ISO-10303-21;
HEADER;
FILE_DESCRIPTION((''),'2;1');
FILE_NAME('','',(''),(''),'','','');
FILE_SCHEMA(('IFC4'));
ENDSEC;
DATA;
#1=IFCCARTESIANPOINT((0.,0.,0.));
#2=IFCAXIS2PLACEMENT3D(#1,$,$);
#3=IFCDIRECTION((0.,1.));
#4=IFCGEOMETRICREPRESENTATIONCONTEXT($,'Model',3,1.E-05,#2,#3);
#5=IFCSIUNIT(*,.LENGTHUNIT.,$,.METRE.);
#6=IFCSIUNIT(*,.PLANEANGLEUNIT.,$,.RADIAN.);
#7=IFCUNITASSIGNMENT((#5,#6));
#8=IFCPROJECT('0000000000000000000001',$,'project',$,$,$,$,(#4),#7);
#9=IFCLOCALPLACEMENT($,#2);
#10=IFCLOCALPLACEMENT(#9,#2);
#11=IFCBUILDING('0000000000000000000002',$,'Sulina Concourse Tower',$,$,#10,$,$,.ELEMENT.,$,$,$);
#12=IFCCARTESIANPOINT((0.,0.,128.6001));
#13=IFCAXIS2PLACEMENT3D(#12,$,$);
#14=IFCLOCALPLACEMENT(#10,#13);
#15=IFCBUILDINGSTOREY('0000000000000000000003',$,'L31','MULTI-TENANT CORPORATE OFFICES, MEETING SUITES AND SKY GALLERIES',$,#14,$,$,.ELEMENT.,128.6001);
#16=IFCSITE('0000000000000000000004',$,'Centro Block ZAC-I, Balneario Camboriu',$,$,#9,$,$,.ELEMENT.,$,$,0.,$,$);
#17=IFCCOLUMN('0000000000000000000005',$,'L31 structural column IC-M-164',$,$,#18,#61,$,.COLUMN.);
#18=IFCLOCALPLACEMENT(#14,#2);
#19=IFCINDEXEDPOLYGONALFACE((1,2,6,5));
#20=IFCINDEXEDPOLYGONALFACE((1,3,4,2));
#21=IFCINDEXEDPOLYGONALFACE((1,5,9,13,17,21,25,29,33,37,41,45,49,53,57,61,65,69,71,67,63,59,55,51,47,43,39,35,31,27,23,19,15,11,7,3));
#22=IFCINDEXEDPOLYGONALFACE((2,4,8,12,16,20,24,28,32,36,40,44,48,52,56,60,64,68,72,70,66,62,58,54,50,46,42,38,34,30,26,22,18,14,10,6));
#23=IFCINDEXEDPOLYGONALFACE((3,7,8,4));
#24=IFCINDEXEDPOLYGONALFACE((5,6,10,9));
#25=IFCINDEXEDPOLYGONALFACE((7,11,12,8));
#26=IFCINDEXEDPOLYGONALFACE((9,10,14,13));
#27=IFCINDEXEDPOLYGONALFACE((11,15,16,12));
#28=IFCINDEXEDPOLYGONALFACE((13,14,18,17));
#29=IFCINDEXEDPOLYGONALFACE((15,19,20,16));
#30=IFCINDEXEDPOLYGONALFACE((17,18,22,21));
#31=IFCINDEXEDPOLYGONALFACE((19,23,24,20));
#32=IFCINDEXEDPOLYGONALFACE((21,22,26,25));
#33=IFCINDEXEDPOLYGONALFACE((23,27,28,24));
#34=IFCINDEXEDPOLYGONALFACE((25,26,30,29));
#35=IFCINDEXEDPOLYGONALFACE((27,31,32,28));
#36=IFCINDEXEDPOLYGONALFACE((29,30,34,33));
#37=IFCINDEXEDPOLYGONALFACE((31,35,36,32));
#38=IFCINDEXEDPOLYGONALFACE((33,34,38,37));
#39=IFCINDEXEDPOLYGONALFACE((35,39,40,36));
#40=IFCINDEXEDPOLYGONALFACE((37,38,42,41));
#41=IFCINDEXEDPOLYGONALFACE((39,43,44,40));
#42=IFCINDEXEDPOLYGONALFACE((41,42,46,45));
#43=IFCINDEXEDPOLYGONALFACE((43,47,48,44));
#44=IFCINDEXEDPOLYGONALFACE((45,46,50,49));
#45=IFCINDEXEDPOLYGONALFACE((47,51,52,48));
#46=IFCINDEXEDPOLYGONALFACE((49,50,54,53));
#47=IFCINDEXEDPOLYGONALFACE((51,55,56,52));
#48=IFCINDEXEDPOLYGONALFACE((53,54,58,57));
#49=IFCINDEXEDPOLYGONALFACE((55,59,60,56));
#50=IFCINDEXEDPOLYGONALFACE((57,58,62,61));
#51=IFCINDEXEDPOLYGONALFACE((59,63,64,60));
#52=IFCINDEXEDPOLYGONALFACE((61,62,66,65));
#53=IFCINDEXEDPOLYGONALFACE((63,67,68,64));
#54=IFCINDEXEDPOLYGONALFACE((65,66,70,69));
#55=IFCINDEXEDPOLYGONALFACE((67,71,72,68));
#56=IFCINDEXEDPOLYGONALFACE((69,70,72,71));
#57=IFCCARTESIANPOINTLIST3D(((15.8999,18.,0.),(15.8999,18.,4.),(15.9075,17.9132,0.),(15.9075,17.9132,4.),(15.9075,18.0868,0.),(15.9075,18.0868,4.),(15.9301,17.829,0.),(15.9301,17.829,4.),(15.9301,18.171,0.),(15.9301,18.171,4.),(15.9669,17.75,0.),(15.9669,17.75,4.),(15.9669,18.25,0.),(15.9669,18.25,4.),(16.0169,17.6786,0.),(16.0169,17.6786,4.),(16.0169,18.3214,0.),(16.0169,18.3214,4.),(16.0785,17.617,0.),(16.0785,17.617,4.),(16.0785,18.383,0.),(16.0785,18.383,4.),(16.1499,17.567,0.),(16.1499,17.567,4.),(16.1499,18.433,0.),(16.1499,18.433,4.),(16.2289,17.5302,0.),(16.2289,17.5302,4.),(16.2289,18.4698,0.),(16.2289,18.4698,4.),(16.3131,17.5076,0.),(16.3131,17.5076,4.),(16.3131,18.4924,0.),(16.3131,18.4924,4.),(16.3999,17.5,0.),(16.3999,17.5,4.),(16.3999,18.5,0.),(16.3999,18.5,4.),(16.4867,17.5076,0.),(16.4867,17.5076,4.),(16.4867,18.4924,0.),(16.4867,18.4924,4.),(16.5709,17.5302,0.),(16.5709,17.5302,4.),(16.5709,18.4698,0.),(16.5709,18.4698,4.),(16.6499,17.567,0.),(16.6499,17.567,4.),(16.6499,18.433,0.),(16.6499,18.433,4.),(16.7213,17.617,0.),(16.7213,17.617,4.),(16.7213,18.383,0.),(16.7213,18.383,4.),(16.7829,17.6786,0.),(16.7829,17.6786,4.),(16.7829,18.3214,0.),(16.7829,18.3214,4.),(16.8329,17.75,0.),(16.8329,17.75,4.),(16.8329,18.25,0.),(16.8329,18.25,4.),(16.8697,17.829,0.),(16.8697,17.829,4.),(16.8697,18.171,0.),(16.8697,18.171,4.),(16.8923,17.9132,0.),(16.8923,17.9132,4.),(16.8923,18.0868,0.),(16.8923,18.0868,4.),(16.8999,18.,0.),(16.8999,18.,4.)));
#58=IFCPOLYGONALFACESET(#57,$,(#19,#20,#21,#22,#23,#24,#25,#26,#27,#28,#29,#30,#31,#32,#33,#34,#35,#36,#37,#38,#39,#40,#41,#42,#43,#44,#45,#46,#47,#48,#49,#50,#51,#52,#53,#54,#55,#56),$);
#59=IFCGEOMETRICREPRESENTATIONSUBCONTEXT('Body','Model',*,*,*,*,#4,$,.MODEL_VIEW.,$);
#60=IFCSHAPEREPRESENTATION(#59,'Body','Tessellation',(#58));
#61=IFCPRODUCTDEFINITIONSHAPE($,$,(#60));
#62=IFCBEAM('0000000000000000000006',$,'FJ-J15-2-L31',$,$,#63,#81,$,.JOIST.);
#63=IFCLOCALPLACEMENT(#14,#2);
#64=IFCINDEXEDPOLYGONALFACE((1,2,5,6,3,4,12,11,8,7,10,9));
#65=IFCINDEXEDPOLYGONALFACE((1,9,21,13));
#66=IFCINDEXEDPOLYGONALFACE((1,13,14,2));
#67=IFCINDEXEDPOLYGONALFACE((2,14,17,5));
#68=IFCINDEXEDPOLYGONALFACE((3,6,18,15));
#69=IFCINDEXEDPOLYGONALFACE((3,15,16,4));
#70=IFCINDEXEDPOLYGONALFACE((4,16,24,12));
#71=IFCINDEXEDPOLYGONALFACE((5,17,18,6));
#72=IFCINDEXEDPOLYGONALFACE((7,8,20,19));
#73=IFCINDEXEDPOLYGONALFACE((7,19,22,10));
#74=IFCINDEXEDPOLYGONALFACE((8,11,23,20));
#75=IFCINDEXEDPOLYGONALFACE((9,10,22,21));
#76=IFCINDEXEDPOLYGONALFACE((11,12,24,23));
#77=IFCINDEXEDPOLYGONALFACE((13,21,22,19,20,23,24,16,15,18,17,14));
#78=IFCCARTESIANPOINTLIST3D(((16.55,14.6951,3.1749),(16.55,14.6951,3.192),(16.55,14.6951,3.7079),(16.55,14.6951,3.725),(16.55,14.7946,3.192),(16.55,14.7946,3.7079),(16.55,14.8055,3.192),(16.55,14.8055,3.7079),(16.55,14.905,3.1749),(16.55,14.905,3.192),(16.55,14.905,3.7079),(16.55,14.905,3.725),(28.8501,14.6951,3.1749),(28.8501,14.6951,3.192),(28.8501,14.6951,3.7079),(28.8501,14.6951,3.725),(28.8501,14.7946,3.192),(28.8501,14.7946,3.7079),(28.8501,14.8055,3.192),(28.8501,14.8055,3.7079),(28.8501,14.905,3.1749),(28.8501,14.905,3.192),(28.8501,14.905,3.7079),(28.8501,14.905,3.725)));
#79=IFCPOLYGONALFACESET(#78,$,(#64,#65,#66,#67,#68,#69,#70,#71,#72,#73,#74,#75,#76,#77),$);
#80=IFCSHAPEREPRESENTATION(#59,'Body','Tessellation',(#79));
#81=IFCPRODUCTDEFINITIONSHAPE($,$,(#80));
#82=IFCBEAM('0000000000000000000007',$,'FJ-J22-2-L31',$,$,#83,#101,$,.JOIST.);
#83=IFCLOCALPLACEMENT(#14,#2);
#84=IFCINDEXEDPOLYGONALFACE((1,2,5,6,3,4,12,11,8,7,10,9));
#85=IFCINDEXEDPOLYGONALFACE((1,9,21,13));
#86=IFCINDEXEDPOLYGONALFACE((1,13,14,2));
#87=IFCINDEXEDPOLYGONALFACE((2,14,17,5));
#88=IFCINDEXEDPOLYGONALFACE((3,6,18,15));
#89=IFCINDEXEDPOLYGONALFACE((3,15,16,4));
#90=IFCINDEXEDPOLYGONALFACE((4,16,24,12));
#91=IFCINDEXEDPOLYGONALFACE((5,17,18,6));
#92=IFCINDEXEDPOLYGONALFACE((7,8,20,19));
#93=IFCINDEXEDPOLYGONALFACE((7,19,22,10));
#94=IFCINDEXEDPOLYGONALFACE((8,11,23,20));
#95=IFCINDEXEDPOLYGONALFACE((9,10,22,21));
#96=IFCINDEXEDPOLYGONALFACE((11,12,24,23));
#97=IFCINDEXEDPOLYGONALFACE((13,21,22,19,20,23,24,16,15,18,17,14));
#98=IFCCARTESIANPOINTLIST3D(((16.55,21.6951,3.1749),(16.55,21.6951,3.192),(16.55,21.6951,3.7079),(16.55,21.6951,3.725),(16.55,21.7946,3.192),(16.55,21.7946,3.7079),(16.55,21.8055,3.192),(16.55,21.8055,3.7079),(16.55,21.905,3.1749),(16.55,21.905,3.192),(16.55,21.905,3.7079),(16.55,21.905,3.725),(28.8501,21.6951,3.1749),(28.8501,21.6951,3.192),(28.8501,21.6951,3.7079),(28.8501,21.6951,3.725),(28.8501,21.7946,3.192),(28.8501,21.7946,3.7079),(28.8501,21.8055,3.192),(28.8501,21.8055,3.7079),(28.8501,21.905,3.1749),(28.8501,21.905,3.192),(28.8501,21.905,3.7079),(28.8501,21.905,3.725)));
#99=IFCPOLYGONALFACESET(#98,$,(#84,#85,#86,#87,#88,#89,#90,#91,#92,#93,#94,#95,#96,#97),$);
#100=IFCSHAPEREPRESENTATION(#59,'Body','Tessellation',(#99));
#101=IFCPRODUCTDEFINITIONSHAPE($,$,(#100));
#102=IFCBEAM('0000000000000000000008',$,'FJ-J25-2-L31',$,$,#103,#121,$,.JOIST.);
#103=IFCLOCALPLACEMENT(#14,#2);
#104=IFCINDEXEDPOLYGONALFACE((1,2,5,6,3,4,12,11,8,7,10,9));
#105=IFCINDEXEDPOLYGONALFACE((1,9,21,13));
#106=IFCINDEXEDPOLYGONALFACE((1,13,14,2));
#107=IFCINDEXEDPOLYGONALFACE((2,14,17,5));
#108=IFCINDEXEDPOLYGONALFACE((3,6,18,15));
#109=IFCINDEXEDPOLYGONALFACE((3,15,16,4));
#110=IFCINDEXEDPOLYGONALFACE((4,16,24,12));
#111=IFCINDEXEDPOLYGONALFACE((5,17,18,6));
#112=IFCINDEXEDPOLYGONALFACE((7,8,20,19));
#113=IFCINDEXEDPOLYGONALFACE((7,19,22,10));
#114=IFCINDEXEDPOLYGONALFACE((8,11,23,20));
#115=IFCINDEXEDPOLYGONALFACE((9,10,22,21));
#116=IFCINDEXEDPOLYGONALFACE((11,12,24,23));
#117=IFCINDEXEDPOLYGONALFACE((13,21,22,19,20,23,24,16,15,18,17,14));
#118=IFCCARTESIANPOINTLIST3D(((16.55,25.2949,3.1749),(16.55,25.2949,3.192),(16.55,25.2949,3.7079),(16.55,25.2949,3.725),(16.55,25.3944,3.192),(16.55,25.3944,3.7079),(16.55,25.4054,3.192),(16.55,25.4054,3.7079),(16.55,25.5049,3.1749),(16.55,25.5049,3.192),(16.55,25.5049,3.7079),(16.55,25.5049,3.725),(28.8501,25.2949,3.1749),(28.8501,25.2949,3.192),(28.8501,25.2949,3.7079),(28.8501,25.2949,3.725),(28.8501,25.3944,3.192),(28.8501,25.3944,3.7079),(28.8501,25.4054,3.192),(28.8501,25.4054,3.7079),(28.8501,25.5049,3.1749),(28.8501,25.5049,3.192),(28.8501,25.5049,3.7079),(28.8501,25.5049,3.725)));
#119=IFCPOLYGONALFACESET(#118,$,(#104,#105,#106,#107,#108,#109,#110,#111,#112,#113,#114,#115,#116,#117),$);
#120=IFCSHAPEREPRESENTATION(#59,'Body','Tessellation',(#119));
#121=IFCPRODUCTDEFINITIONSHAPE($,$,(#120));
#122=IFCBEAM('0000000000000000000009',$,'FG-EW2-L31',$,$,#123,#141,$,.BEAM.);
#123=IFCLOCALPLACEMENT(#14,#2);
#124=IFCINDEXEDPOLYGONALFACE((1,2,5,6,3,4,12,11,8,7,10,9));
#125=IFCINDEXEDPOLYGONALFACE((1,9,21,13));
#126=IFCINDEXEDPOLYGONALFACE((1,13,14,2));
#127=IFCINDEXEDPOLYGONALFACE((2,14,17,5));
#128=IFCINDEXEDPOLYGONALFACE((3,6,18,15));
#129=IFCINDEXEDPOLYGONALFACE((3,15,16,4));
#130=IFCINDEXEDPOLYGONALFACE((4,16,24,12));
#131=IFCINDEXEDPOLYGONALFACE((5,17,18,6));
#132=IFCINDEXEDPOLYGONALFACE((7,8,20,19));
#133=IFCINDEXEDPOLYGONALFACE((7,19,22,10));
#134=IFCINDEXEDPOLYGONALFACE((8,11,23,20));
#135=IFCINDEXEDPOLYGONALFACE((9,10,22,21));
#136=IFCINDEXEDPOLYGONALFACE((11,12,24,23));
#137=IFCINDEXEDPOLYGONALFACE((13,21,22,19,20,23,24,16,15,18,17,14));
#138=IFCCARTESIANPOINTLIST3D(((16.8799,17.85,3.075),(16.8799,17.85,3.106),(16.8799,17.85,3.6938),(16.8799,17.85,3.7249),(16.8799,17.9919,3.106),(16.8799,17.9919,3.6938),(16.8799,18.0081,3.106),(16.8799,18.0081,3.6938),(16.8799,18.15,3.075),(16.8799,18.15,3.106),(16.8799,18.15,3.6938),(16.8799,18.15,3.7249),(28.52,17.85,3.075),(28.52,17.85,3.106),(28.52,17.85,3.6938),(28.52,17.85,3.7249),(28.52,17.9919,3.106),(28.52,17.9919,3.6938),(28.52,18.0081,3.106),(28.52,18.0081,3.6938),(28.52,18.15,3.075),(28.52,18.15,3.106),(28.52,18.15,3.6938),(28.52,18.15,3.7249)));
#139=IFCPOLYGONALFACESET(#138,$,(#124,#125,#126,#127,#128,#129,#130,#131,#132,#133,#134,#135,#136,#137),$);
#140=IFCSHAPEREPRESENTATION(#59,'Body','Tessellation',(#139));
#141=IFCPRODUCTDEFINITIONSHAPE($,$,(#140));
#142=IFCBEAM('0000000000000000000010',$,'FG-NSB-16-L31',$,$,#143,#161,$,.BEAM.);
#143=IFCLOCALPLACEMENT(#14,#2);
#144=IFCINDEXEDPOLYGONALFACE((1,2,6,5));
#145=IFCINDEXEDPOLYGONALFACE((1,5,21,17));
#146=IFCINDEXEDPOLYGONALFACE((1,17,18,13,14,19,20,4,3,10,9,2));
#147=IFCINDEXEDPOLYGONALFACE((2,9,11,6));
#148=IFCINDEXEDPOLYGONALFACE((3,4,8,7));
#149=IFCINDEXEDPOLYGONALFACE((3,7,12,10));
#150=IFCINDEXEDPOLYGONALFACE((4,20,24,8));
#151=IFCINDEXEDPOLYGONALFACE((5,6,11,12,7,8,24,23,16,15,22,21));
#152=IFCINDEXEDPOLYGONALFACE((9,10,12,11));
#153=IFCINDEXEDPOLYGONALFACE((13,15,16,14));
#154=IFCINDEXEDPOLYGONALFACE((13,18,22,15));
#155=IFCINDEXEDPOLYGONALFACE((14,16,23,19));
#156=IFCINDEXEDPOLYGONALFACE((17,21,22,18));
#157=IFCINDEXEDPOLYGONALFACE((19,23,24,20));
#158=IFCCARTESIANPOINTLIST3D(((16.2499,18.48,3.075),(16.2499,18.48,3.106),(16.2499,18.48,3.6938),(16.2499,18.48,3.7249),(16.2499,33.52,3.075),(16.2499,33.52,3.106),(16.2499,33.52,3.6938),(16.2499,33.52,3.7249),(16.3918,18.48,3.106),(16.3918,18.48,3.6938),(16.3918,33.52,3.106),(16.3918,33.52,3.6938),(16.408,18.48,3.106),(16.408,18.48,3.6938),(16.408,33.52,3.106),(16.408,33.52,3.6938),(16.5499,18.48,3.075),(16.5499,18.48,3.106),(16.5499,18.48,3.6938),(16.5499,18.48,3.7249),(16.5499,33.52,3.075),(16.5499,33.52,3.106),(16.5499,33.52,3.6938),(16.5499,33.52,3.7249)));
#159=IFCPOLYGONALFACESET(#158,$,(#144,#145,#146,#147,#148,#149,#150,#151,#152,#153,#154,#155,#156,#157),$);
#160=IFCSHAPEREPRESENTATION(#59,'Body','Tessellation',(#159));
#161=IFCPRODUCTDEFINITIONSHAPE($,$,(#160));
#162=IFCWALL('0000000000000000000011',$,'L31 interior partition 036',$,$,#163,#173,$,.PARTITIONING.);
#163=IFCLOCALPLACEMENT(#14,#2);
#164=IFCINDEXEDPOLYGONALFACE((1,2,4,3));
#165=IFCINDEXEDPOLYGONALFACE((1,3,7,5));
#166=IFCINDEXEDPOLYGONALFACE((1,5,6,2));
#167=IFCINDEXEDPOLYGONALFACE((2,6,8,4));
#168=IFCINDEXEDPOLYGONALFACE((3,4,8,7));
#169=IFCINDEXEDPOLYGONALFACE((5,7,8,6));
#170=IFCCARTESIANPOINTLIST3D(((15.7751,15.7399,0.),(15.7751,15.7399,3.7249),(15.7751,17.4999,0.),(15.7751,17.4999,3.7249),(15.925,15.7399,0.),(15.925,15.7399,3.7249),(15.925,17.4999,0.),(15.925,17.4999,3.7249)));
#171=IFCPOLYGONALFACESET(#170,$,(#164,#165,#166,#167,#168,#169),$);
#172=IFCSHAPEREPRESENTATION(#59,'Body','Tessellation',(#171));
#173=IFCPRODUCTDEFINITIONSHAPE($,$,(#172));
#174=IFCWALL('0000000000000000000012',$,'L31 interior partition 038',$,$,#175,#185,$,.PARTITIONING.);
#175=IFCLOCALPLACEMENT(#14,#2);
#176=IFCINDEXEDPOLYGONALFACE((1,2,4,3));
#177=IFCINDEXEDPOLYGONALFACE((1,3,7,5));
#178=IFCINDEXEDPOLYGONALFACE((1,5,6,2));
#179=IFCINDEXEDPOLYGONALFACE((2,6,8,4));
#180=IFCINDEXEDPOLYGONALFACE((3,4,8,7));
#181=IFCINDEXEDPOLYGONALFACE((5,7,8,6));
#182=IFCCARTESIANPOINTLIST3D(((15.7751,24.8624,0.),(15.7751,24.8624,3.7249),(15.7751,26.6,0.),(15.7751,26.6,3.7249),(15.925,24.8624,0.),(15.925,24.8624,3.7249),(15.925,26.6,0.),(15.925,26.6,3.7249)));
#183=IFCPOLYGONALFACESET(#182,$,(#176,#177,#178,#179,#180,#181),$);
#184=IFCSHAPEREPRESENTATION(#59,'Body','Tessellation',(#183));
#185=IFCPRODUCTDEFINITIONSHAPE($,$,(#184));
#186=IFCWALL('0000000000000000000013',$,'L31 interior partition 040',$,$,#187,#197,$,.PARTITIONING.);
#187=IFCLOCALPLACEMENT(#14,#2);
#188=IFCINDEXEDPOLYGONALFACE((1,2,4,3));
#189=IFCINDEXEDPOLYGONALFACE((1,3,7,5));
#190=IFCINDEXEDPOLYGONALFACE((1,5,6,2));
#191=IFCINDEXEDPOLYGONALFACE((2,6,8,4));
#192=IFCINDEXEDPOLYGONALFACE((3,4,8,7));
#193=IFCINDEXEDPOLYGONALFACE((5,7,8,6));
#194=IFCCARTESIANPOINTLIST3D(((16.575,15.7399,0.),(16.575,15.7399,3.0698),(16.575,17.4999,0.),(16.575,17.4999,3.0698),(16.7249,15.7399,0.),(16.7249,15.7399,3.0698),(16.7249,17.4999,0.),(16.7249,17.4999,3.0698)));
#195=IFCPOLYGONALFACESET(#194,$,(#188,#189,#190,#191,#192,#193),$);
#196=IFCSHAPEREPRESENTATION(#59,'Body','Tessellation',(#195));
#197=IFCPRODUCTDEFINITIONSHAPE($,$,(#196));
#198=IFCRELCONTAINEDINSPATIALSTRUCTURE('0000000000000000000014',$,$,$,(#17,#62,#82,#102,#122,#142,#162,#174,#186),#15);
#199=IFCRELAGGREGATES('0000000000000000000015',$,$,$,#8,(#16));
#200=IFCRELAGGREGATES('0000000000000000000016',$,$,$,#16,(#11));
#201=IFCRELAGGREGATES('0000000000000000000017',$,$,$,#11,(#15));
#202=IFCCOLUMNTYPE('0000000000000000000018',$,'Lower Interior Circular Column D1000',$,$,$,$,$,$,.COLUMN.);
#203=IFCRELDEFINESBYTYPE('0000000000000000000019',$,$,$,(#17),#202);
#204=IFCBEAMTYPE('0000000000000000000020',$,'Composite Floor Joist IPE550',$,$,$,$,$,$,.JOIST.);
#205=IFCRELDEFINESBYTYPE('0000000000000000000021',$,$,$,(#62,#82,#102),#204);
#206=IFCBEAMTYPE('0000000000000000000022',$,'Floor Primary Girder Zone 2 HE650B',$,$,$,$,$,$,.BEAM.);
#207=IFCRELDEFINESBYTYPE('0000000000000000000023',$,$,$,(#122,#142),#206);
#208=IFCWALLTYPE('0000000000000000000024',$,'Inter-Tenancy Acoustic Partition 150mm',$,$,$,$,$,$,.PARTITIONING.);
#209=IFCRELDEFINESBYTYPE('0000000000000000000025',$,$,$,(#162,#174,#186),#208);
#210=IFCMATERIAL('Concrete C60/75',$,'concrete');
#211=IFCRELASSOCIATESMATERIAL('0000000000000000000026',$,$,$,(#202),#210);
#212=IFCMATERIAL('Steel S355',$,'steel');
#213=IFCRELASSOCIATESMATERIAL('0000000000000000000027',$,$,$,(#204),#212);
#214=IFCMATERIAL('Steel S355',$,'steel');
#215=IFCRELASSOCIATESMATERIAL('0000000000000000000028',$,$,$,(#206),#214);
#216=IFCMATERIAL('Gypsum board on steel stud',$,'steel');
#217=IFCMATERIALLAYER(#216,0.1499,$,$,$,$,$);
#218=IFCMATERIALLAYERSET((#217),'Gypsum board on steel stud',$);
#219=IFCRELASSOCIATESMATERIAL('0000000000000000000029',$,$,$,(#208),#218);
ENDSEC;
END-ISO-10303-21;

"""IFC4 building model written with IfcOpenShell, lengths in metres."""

from ifc_helpers import new_model, si_unit, direction, frame, frame_2d, origin, origin_2d, place, context, subcontext, project, spatial, rectangle, circle, i_section, extrude, material, layer, layer_set, material_profile, profile_set, type_object, element, save


model = new_model("IFC4")

# Units and contexts
model_context = context("Model", 3, precision=1e-05, world=origin(), true_north=direction((0.0, 1.0)))
body_context = subcontext(model_context, "Body", "Model", "MODEL_VIEW")
ifc_project = project(units=[si_unit("LENGTHUNIT", "METRE"), si_unit("PLANEANGLEUNIT", "RADIAN")], contexts=[model_context])

# Site, building, storey
site_placement = place(None, origin())
site = spatial("IfcSite", under=ifc_project, at=site_placement, Name="Centro Block ZAC-I, Balneario Camboriu", CompositionType="ELEMENT", RefElevation=0.0)
building_placement = place(site_placement, origin())
building = spatial("IfcBuilding", under=site, at=building_placement, Name="Sulina Concourse Tower", CompositionType="ELEMENT")
storey_placement = place(building_placement, frame((0.0, 0.0, 128.6001)))
storey = spatial("IfcBuildingStorey", under=building, at=storey_placement, Name="L31", Description="MULTI-TENANT CORPORATE OFFICES, MEETING SUITES AND SKY GALLERIES", CompositionType="ELEMENT", Elevation=128.6001)

# Column
ifc_material_1 = material(Name="Concrete C60/75", Category="concrete")
ifc_material_profile_1 = material_profile(ifc_material_1, circle(Radius=0.5, at=origin_2d()), Name="RC D1000")
ifc_profile_set_1 = profile_set([ifc_material_profile_1], Name="Concrete C60/75")
column_type = type_object("IfcColumnType", Name="Lower Interior Circular Column D1000", PredefinedType="COLUMN", material=ifc_profile_set_1)
column_placement = place(storey_placement, frame((16.3999, 18.0, 0.0), z_axis=(0.0, 0.0, 1.0), x_axis=(1.0, 0.0, 0.0)))
element("IfcColumn", 1, at=column_placement, inside=storey, type_object=column_type, Name="L31 structural column IC-M-164", PredefinedType="COLUMN", context=body_context, shape_type="SweptSolid", body=[
    extrude(circle(Radius=0.5, at=origin_2d()), origin(), (0.0, 0.0, 1.0), 4.0),
])

# Beams
ifc_material_2 = material(Name="Steel S355", Category="steel")
ifc_material_profile_2 = material_profile(ifc_material_2, i_section(OverallWidth=0.21, OverallDepth=0.55, WebThickness=0.011, FlangeThickness=0.0171, at=origin_2d()), Name="IPE 550")
ifc_profile_set_2 = profile_set([ifc_material_profile_2], Name="Steel S355")
beam_type_1 = type_object("IfcBeamType", Name="Composite Floor Joist IPE550", PredefinedType="JOIST", material=ifc_profile_set_2)
for number, where, z_axis, x_axis, name in (
    (2, (16.55, 14.8, 3.45), (1.0, 0.0, 0.0), (0.0, 1.0, 0.0), "FJ-J15-2-L31"),
    (3, (16.55, 21.8, 3.45), (1.0, 0.0, 0.0), (0.0, 1.0, 0.0), "FJ-J22-2-L31"),
    (4, (16.55, 25.3999, 3.45), (1.0, 0.0, 0.0), (0.0, 1.0, 0.0), "FJ-J25-2-L31"),
):
    element("IfcBeam", number, at=place(storey_placement, frame(where, z_axis=z_axis, x_axis=x_axis)), inside=storey, type_object=beam_type_1, Name=name, PredefinedType="JOIST", context=body_context, shape_type="SweptSolid", body=[
        extrude(i_section(OverallWidth=0.21, OverallDepth=0.55, WebThickness=0.011, FlangeThickness=0.0171, at=origin_2d()), origin(), (0.0, 0.0, 1.0), 12.3),
    ])
ifc_material_3 = material(Name="Steel S355", Category="steel")
ifc_material_profile_3 = material_profile(ifc_material_3, i_section(OverallWidth=0.3, OverallDepth=0.6499, WebThickness=0.0161, FlangeThickness=0.031, at=origin_2d()), Name="HE 650 B")
ifc_profile_set_3 = profile_set([ifc_material_profile_3], Name="Steel S355")
beam_type_2 = type_object("IfcBeamType", Name="Floor Primary Girder Zone 2 HE650B", PredefinedType="BEAM", material=ifc_profile_set_3)
beam_1_placement = place(storey_placement, frame((16.8799, 18.0, 3.3999), z_axis=(1.0, 0.0, 0.0), x_axis=(0.0, 1.0, 0.0)))
element("IfcBeam", 5, at=beam_1_placement, inside=storey, type_object=beam_type_2, Name="FG-EW2-L31", PredefinedType="BEAM", context=body_context, shape_type="SweptSolid", body=[
    extrude(i_section(OverallWidth=0.3, OverallDepth=0.6499, WebThickness=0.0161, FlangeThickness=0.031, at=origin_2d()), origin(), (0.0, 0.0, 1.0), 11.6401),
])
beam_2_placement = place(storey_placement, frame((16.3999, 18.48, 3.3999), z_axis=(0.0, 1.0, 0.0), x_axis=(-1.0, 0.0, 0.0)))
element("IfcBeam", 6, at=beam_2_placement, inside=storey, type_object=beam_type_2, Name="FG-NSB-16-L31", PredefinedType="BEAM", context=body_context, shape_type="SweptSolid", body=[
    extrude(i_section(OverallWidth=0.3, OverallDepth=0.6499, WebThickness=0.0161, FlangeThickness=0.031, at=origin_2d()), origin(), (0.0, 0.0, 1.0), 15.04),
])

# Walls
ifc_material_4 = material(Name="Gypsum board on steel stud", Category="steel")
ifc_layer_1 = layer(ifc_material_4, 0.1499)
ifc_layer_set_1 = layer_set([ifc_layer_1], Name="Gypsum board on steel stud")
wall_type_1 = type_object("IfcWallType", Name="Inter-Tenancy Acoustic Partition 150mm", PredefinedType="PARTITIONING", material=ifc_layer_set_1)
wall_1_placement = place(storey_placement, frame((15.8501, 15.74, 0.0), z_axis=(0.0, 0.0, 1.0), x_axis=(0.0, 1.0, 0.0)))
element("IfcWall", 7, at=wall_1_placement, inside=storey, type_object=wall_type_1, Name="L31 interior partition 036", PredefinedType="PARTITIONING", context=body_context, shape_type="SweptSolid", body=[
    extrude(rectangle(XDim=1.76, YDim=0.1499, at=frame_2d((0.8799, 0.0))), origin(), (0.0, 0.0, 1.0), 3.7249),
])
wall_2_placement = place(storey_placement, frame((15.8501, 24.8625, 0.0), z_axis=(0.0, 0.0, 1.0), x_axis=(0.0, 1.0, 0.0)))
element("IfcWall", 8, at=wall_2_placement, inside=storey, type_object=wall_type_1, Name="L31 interior partition 038", PredefinedType="PARTITIONING", context=body_context, shape_type="SweptSolid", body=[
    extrude(rectangle(XDim=1.7375, YDim=0.1499, at=frame_2d((0.8687, 0.0))), origin(), (0.0, 0.0, 1.0), 3.7249),
])
wall_3_placement = place(storey_placement, frame((16.6499, 15.74, 0.0), z_axis=(0.0, 0.0, 1.0), x_axis=(0.0, 1.0, 0.0)))
element("IfcWall", 9, at=wall_3_placement, inside=storey, type_object=wall_type_1, Name="L31 interior partition 040", PredefinedType="PARTITIONING", context=body_context, shape_type="SweptSolid", body=[
    extrude(rectangle(XDim=1.76, YDim=0.1499, at=frame_2d((0.8799, 0.0))), origin(), (0.0, 0.0, 1.0), 3.0698),
])

save(model, "model.ifc")
